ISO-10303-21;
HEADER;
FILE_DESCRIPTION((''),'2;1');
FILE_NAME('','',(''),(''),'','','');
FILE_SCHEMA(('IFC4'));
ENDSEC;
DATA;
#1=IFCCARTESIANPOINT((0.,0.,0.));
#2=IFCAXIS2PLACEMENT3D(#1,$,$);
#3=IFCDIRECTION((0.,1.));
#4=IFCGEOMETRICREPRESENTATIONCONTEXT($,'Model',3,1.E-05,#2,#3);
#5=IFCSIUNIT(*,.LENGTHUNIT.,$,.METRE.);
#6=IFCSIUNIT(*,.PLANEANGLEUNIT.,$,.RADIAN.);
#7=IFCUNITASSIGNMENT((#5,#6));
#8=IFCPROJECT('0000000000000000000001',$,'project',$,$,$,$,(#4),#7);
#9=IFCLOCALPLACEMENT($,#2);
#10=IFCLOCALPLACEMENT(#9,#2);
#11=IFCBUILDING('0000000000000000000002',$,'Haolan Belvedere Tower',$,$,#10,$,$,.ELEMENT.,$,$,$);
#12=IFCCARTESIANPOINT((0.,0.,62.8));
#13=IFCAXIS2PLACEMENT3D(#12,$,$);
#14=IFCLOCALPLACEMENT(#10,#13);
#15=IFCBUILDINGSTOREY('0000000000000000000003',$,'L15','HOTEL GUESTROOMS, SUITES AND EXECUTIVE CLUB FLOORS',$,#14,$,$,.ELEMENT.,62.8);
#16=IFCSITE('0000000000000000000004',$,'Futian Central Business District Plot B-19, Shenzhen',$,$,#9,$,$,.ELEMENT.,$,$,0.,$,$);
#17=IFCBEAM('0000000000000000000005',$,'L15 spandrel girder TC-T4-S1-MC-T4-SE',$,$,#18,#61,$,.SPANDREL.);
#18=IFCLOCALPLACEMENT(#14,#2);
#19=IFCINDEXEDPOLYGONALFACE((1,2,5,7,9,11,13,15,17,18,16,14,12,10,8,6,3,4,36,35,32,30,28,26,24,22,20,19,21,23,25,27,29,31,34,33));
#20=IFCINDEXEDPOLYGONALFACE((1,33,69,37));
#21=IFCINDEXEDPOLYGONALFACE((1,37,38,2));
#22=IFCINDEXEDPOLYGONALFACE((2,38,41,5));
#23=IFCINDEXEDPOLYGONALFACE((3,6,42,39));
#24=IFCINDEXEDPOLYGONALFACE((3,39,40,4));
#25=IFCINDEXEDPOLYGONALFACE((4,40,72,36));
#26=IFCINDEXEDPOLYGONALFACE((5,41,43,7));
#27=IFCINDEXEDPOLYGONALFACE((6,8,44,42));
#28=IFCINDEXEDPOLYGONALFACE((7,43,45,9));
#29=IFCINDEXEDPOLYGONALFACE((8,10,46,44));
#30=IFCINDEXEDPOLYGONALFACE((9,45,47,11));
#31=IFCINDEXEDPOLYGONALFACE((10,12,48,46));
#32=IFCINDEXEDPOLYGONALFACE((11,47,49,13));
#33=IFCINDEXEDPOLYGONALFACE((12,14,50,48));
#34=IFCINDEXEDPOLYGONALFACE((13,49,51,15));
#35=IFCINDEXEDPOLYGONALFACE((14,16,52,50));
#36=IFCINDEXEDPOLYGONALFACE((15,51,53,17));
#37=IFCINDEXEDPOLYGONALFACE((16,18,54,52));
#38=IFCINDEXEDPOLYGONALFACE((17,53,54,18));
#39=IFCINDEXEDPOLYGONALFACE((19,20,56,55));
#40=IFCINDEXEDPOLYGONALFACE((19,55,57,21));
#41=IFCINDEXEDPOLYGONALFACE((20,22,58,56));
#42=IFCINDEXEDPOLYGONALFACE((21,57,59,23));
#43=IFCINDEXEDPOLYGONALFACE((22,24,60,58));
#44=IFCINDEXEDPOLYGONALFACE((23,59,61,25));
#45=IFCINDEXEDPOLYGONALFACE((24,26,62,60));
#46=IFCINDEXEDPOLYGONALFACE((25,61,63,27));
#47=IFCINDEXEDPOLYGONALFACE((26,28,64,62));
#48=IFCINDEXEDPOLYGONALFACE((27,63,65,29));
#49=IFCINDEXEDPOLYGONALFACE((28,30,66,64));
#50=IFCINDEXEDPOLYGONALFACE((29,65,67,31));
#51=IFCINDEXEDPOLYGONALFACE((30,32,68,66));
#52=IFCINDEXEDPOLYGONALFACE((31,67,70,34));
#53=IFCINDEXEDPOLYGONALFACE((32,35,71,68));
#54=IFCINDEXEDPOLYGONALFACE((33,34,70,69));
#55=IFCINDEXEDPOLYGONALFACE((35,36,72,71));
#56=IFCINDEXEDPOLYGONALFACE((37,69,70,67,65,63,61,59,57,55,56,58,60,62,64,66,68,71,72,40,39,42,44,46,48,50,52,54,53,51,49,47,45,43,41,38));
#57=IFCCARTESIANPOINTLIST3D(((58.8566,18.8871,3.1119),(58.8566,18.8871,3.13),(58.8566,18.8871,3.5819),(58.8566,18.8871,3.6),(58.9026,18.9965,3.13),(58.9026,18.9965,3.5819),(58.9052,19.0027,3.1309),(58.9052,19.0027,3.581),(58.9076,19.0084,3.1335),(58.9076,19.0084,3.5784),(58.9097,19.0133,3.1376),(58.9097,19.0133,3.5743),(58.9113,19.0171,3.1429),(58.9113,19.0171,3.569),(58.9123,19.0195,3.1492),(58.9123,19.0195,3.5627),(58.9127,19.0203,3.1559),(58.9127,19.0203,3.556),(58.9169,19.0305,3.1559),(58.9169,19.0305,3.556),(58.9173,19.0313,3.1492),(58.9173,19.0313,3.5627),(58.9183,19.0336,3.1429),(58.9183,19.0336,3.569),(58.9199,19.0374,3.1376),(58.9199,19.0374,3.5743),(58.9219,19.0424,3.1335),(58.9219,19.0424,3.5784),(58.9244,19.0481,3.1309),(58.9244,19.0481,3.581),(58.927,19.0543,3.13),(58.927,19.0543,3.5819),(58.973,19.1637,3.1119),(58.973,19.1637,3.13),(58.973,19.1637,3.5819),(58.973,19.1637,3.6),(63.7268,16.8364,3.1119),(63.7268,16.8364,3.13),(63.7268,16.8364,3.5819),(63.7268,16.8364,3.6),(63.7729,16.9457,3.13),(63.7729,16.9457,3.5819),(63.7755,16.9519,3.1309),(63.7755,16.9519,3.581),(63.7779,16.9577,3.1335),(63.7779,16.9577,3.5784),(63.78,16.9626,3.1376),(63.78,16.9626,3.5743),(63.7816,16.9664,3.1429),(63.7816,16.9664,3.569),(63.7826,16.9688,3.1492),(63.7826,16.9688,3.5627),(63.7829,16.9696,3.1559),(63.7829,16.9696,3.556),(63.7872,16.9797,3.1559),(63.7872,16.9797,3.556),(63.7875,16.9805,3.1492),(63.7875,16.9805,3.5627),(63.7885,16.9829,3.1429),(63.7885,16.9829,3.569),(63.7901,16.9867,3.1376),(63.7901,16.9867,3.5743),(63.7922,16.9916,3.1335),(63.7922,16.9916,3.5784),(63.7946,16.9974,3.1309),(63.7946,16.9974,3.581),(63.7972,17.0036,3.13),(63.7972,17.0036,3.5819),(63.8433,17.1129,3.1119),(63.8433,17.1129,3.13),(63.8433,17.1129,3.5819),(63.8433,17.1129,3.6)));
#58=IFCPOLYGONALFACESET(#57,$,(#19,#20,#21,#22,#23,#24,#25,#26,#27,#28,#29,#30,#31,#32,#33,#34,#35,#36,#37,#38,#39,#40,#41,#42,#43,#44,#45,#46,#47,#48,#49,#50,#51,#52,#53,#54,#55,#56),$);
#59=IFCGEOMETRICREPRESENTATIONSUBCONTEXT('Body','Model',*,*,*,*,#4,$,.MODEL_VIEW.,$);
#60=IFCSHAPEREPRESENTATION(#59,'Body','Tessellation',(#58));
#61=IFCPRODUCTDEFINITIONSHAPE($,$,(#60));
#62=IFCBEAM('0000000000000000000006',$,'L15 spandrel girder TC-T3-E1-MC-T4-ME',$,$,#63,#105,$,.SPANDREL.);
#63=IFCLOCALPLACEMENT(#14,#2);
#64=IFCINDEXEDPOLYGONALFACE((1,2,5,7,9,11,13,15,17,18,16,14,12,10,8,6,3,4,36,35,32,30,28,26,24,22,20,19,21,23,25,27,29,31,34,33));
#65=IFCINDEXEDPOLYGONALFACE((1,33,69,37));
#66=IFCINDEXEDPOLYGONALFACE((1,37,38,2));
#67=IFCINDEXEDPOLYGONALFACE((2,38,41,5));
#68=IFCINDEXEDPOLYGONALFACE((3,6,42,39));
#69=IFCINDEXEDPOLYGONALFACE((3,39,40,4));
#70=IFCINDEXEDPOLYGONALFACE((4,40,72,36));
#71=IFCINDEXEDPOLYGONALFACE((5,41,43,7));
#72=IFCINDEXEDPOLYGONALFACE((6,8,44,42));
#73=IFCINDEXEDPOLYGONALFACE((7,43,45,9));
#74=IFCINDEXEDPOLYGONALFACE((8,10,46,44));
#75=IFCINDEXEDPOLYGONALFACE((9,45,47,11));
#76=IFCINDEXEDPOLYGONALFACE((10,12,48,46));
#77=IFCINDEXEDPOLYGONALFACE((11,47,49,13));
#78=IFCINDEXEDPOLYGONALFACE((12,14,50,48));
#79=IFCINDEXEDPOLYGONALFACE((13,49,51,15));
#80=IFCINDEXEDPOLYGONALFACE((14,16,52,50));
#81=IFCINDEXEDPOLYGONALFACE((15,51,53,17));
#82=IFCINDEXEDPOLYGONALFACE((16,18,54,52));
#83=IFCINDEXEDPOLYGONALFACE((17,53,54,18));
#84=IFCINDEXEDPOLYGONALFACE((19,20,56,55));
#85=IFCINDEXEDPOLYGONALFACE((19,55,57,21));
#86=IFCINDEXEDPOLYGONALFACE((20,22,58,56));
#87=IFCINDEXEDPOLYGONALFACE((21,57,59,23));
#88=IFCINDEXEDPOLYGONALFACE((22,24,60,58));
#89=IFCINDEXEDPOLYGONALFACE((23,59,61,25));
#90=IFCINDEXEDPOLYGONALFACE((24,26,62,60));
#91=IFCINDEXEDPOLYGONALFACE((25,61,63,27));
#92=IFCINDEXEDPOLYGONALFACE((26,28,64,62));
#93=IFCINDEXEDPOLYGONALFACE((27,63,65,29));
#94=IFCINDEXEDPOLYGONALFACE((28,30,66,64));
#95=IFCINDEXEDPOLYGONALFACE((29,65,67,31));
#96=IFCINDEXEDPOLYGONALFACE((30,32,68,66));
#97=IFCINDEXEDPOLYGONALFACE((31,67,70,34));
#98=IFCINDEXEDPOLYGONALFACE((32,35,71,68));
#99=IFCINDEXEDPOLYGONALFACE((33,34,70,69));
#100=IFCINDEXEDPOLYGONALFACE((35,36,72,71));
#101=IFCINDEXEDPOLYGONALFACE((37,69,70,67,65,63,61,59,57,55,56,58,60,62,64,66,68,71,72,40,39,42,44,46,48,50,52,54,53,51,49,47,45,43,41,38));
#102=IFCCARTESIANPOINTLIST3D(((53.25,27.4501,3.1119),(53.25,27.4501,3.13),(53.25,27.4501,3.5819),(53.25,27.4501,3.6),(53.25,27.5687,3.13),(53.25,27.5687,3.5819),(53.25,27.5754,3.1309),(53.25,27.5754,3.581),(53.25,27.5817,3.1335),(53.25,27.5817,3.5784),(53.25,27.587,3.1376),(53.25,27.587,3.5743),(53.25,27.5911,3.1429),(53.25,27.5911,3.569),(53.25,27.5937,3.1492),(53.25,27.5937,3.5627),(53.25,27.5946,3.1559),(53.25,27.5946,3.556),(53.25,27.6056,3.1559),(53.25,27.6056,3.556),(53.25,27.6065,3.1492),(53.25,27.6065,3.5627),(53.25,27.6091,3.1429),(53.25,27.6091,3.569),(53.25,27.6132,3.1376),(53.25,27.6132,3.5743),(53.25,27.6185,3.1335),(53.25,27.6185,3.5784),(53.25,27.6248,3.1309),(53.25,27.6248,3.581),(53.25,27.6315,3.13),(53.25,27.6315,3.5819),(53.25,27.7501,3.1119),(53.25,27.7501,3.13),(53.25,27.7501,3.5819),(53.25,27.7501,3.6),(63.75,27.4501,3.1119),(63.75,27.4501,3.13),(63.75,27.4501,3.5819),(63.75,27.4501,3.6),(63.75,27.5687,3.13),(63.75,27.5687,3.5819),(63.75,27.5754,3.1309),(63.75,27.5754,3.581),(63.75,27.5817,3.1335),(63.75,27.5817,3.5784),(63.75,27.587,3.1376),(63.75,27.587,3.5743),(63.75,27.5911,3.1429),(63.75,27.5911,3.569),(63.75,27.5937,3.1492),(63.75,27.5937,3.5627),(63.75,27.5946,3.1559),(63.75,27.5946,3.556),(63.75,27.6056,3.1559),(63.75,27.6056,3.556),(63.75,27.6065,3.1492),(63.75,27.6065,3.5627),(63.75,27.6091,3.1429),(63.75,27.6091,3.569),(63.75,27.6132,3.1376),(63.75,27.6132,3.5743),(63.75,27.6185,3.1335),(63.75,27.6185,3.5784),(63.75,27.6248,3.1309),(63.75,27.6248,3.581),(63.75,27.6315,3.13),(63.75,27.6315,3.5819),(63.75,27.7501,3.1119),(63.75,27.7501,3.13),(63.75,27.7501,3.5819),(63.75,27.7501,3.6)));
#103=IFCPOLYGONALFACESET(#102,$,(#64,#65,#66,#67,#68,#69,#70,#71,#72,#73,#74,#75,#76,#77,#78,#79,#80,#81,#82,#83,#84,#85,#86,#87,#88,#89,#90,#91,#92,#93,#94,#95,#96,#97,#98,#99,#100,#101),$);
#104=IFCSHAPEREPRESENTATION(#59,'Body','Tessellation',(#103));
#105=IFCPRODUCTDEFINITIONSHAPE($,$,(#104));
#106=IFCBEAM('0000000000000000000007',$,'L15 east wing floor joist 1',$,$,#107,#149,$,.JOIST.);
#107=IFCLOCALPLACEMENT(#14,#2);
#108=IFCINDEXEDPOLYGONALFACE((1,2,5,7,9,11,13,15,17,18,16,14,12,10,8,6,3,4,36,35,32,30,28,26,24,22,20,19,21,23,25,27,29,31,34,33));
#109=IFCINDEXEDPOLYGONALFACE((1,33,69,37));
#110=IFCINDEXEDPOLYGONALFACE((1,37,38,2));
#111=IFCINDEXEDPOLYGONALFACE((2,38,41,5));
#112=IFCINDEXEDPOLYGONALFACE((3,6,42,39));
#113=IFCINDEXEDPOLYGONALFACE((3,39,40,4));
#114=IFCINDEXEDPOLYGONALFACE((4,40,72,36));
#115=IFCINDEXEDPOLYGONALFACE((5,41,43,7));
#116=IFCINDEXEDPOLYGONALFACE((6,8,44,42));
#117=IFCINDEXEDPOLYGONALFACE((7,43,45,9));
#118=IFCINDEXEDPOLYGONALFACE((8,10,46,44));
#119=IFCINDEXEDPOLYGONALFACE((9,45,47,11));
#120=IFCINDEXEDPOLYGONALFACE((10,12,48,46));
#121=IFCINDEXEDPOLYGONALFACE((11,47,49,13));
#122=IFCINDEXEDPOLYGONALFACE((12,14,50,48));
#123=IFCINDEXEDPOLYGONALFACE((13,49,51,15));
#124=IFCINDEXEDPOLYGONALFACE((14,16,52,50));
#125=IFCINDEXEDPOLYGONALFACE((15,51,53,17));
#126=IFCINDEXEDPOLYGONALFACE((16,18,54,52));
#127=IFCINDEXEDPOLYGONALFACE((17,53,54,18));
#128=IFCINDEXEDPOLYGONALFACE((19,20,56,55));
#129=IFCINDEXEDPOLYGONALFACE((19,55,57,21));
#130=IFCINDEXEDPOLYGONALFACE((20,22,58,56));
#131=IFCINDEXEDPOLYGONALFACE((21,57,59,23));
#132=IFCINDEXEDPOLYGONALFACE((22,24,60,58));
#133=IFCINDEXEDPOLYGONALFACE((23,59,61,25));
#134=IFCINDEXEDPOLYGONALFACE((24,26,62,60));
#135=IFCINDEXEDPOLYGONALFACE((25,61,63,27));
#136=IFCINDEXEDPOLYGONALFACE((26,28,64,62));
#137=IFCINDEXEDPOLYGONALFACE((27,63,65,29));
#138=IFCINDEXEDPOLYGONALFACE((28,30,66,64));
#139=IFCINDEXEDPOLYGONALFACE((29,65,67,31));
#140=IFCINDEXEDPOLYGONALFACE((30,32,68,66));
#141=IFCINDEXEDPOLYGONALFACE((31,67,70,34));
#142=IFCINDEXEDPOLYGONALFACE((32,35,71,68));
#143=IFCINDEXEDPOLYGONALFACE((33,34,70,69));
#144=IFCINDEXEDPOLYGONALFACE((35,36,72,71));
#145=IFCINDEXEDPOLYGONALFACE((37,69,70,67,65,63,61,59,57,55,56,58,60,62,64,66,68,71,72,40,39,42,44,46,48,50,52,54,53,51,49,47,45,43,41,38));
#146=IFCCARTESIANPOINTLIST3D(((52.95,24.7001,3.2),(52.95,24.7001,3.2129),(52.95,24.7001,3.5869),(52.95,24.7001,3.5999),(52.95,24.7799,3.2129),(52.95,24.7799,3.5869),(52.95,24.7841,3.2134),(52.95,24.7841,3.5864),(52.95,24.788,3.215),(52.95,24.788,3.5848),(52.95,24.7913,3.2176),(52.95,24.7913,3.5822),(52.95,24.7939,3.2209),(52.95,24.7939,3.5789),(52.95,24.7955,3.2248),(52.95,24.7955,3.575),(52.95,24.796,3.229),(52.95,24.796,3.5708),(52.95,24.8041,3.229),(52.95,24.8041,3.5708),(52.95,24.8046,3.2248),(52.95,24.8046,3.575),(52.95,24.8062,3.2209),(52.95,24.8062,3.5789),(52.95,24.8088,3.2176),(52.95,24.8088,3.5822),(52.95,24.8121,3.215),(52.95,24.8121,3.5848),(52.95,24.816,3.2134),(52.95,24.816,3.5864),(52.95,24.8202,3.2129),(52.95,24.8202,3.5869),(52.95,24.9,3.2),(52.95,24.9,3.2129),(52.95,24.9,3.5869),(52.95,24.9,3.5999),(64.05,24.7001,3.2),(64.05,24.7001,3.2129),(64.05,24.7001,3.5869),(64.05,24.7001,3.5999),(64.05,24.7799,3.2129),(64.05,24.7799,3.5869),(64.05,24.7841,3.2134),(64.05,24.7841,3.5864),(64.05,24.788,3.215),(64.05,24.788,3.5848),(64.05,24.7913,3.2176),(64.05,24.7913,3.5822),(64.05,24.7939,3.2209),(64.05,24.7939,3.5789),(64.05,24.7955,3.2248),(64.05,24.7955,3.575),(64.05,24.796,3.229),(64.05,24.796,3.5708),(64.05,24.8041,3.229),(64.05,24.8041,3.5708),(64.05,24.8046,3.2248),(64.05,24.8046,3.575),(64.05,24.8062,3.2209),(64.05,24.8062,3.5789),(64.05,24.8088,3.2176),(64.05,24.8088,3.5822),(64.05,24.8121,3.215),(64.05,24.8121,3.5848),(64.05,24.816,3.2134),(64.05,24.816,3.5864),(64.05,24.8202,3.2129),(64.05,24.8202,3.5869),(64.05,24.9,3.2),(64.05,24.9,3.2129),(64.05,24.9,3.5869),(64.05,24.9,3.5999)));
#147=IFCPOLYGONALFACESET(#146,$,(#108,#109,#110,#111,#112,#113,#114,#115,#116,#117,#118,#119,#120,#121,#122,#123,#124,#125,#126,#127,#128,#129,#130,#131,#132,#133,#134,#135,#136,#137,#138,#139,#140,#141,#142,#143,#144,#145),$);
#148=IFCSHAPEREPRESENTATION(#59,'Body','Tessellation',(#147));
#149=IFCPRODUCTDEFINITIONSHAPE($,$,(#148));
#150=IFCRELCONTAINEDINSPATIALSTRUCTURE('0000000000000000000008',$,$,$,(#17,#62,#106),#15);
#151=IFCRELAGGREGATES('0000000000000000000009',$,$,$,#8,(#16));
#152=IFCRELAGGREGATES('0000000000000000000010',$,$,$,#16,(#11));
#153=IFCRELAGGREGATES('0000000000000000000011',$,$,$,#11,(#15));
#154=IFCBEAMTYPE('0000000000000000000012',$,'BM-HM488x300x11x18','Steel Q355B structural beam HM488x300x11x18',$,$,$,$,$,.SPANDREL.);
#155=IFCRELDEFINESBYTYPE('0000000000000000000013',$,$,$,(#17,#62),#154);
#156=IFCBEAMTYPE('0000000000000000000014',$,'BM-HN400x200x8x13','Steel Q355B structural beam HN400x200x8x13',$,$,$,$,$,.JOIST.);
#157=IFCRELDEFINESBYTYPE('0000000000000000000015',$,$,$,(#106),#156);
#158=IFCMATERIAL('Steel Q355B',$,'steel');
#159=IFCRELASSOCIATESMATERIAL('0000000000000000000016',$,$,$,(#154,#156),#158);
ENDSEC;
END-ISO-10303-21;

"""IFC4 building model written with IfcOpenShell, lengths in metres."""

from ifc_helpers import new_model, si_unit, direction, frame, origin, origin_2d, place, context, subcontext, project, spatial, i_section, extrude, material, material_profile, profile_set, type_object, element, save


model = new_model("IFC4")

# Units and contexts
model_context = context("Model", 3, precision=1e-05, world=origin(), true_north=direction((0.0, 1.0)))
body_context = subcontext(model_context, "Body", "Model", "MODEL_VIEW")
ifc_project = project(units=[si_unit("LENGTHUNIT", "METRE"), si_unit("PLANEANGLEUNIT", "RADIAN")], contexts=[model_context])

# Site, building, storey
site_placement = place(None, origin())
site = spatial("IfcSite", under=ifc_project, at=site_placement, Name="Futian Central Business District Plot B-19, Shenzhen", CompositionType="ELEMENT", RefElevation=0.0)
building_placement = place(site_placement, origin())
building = spatial("IfcBuilding", under=site, at=building_placement, Name="Haolan Belvedere Tower", CompositionType="ELEMENT")
storey_placement = place(building_placement, frame((0.0, 0.0, 62.8)))
storey = spatial("IfcBuildingStorey", under=building, at=storey_placement, Name="L15", Description="HOTEL GUESTROOMS, SUITES AND EXECUTIVE CLUB FLOORS", CompositionType="ELEMENT", Elevation=62.8)

# Shared definitions
ifc_material_1 = material(Name="Steel Q355B", Category="steel")

# Beams
ifc_material_profile_1 = material_profile(ifc_material_1, i_section(OverallWidth=0.3, OverallDepth=0.488, WebThickness=0.011, FlangeThickness=0.0181, FilletRadius=0.0259, at=origin_2d()), Name="Steel Q355B")
ifc_profile_set_1 = profile_set([ifc_material_profile_1], Name="Steel Q355B")
beam_type_1 = type_object("IfcBeamType", Name="BM-HM488x300x11x18", Description="Steel Q355B structural beam HM488x300x11x18", PredefinedType="SPANDREL", material=ifc_profile_set_1)
for number, where, z_axis, x_axis, name in (
    (1, (58.9148, 19.0254, 3.356), (0.921628, -0.388074, 0.0), (0.388074, 0.921628, 0.0), "L15 spandrel girder TC-T4-S1-MC-T4-SE"),
):
    element("IfcBeam", number, at=place(storey_placement, frame(where, z_axis=z_axis, x_axis=x_axis)), inside=storey, type_object=beam_type_1, Name=name, PredefinedType="SPANDREL", context=body_context, shape_type="SweptSolid", body=[
        extrude(i_section(OverallWidth=0.3, OverallDepth=0.488, WebThickness=0.011, FlangeThickness=0.0181, FilletRadius=0.0259, at=origin_2d()), origin(), (0.0, 0.0, 1.0), 5.2844),
    ])
beam_1_placement = place(storey_placement, frame((53.25, 27.6001, 3.356), z_axis=(1.0, 0.0, 0.0), x_axis=(0.0, 1.0, 0.0)))
element("IfcBeam", 2, at=beam_1_placement, inside=storey, type_object=beam_type_1, Name="L15 spandrel girder TC-T3-E1-MC-T4-ME", PredefinedType="SPANDREL", context=body_context, shape_type="SweptSolid", body=[
    extrude(i_section(OverallWidth=0.3, OverallDepth=0.488, WebThickness=0.011, FlangeThickness=0.0181, FilletRadius=0.0259, at=origin_2d()), origin(), (0.0, 0.0, 1.0), 10.5),
])
ifc_material_profile_2 = material_profile(ifc_material_1, i_section(OverallWidth=0.2, OverallDepth=0.3999, WebThickness=0.0081, FlangeThickness=0.0129, FilletRadius=0.0161, at=origin_2d()), Name="Steel Q355B")
ifc_profile_set_2 = profile_set([ifc_material_profile_2], Name="Steel Q355B")
beam_type_2 = type_object("IfcBeamType", Name="BM-HN400x200x8x13", Description="Steel Q355B structural beam HN400x200x8x13", PredefinedType="JOIST", material=ifc_profile_set_2)
beam_2_placement = place(storey_placement, frame((52.95, 24.8, 3.3999), z_axis=(1.0, 0.0, 0.0), x_axis=(0.0, 1.0, 0.0)))
element("IfcBeam", 3, at=beam_2_placement, inside=storey, type_object=beam_type_2, Name="L15 east wing floor joist 1", PredefinedType="JOIST", context=body_context, shape_type="SweptSolid", body=[
    extrude(i_section(OverallWidth=0.2, OverallDepth=0.3999, WebThickness=0.0081, FlangeThickness=0.0129, FilletRadius=0.0161, at=origin_2d()), origin(), (0.0, 0.0, 1.0), 11.1001),
])

save(model, "model.ifc")
